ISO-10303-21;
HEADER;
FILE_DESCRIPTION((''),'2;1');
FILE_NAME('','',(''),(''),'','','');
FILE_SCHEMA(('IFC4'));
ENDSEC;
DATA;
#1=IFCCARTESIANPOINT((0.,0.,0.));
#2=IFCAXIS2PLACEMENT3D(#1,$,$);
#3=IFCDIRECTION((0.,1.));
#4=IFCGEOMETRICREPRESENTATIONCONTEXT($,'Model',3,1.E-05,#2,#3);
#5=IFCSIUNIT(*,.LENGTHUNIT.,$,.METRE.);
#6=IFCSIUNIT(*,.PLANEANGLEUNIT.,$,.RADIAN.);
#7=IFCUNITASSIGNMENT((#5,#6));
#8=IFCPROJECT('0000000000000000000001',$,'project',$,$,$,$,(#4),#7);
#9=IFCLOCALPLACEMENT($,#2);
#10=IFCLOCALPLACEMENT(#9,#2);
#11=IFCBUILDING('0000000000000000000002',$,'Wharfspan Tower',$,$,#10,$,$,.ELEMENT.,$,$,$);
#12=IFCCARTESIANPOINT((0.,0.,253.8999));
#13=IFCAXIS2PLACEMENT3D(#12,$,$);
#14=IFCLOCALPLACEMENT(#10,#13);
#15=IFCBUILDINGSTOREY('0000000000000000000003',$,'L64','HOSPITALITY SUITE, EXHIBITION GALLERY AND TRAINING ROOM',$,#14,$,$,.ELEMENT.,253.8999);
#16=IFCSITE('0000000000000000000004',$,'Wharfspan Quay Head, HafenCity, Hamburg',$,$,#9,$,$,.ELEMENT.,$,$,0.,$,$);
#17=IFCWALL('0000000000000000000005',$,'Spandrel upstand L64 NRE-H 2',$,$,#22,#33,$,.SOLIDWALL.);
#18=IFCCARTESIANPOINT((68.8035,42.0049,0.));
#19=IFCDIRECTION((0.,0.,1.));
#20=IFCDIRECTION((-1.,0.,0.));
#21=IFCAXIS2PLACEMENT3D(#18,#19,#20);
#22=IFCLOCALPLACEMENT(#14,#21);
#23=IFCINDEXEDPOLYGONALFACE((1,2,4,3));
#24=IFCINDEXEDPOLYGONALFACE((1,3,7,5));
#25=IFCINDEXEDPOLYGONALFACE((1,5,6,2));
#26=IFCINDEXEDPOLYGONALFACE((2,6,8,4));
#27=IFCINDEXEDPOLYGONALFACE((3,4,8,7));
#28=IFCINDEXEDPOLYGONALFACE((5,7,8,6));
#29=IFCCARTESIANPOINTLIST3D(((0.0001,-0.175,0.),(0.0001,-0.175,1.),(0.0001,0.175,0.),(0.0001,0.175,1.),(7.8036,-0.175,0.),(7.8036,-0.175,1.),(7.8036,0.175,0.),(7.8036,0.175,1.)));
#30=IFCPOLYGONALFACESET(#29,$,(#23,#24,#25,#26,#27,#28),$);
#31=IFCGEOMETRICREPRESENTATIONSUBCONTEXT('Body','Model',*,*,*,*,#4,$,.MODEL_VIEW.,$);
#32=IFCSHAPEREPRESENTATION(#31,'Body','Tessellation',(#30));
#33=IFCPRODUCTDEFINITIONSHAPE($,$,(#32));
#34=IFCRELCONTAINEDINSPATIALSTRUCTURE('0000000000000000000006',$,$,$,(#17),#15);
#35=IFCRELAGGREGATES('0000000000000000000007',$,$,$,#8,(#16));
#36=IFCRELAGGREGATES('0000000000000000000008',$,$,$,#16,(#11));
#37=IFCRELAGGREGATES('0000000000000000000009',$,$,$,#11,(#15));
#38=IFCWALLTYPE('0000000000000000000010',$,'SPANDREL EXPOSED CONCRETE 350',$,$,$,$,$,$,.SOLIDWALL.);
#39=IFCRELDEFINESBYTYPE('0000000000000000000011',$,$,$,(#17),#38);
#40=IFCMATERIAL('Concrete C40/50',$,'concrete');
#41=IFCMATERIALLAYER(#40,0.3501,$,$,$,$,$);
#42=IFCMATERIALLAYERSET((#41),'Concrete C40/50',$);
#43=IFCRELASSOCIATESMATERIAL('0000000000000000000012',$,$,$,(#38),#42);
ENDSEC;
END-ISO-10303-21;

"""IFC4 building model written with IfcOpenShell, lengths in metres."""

from ifc_helpers import new_model, si_unit, direction, frame, frame_2d, origin, place, context, subcontext, project, spatial, rectangle, extrude, material, layer, layer_set, type_object, element, save


model = new_model("IFC4")

# Units and contexts
model_context = context("Model", 3, precision=1e-05, world=origin(), true_north=direction((0.0, 1.0)))
body_context = subcontext(model_context, "Body", "Model", "MODEL_VIEW")
ifc_project = project(units=[si_unit("LENGTHUNIT", "METRE"), si_unit("PLANEANGLEUNIT", "RADIAN")], contexts=[model_context])

# Site, building, storey
site_placement = place(None, origin())
site = spatial("IfcSite", under=ifc_project, at=site_placement, Name="Wharfspan Quay Head, HafenCity, Hamburg", CompositionType="ELEMENT", RefElevation=0.0)
building_placement = place(site_placement, origin())
building = spatial("IfcBuilding", under=site, at=building_placement, Name="Wharfspan Tower", CompositionType="ELEMENT")
storey_placement = place(building_placement, frame((0.0, 0.0, 253.8999)))
storey = spatial("IfcBuildingStorey", under=building, at=storey_placement, Name="L64", Description="HOSPITALITY SUITE, EXHIBITION GALLERY AND TRAINING ROOM", CompositionType="ELEMENT", Elevation=253.8999)

# Wall
ifc_material_1 = material(Name="Concrete C40/50", Category="concrete")
ifc_layer_1 = layer(ifc_material_1, 0.3501)
ifc_layer_set_1 = layer_set([ifc_layer_1], Name="Concrete C40/50")
wall_type_1 = type_object("IfcWallType", Name="SPANDREL EXPOSED CONCRETE 350", PredefinedType="SOLIDWALL", material=ifc_layer_set_1)
wall_1_placement = place(storey_placement, frame((68.8035, 42.0049, 0.0), z_axis=(0.0, 0.0, 1.0), x_axis=(-1.0, 0.0, 0.0)))
element("IfcWall", 1, at=wall_1_placement, inside=storey, type_object=wall_type_1, Name="Spandrel upstand L64 NRE-H 2", PredefinedType="SOLIDWALL", context=body_context, shape_type="SweptSolid", body=[
    extrude(rectangle(XDim=7.8035, YDim=0.3501, at=frame_2d((3.9019, 0.0))), origin(), (0.0, 0.0, 1.0), 1.0),
])

save(model, "model.ifc")
